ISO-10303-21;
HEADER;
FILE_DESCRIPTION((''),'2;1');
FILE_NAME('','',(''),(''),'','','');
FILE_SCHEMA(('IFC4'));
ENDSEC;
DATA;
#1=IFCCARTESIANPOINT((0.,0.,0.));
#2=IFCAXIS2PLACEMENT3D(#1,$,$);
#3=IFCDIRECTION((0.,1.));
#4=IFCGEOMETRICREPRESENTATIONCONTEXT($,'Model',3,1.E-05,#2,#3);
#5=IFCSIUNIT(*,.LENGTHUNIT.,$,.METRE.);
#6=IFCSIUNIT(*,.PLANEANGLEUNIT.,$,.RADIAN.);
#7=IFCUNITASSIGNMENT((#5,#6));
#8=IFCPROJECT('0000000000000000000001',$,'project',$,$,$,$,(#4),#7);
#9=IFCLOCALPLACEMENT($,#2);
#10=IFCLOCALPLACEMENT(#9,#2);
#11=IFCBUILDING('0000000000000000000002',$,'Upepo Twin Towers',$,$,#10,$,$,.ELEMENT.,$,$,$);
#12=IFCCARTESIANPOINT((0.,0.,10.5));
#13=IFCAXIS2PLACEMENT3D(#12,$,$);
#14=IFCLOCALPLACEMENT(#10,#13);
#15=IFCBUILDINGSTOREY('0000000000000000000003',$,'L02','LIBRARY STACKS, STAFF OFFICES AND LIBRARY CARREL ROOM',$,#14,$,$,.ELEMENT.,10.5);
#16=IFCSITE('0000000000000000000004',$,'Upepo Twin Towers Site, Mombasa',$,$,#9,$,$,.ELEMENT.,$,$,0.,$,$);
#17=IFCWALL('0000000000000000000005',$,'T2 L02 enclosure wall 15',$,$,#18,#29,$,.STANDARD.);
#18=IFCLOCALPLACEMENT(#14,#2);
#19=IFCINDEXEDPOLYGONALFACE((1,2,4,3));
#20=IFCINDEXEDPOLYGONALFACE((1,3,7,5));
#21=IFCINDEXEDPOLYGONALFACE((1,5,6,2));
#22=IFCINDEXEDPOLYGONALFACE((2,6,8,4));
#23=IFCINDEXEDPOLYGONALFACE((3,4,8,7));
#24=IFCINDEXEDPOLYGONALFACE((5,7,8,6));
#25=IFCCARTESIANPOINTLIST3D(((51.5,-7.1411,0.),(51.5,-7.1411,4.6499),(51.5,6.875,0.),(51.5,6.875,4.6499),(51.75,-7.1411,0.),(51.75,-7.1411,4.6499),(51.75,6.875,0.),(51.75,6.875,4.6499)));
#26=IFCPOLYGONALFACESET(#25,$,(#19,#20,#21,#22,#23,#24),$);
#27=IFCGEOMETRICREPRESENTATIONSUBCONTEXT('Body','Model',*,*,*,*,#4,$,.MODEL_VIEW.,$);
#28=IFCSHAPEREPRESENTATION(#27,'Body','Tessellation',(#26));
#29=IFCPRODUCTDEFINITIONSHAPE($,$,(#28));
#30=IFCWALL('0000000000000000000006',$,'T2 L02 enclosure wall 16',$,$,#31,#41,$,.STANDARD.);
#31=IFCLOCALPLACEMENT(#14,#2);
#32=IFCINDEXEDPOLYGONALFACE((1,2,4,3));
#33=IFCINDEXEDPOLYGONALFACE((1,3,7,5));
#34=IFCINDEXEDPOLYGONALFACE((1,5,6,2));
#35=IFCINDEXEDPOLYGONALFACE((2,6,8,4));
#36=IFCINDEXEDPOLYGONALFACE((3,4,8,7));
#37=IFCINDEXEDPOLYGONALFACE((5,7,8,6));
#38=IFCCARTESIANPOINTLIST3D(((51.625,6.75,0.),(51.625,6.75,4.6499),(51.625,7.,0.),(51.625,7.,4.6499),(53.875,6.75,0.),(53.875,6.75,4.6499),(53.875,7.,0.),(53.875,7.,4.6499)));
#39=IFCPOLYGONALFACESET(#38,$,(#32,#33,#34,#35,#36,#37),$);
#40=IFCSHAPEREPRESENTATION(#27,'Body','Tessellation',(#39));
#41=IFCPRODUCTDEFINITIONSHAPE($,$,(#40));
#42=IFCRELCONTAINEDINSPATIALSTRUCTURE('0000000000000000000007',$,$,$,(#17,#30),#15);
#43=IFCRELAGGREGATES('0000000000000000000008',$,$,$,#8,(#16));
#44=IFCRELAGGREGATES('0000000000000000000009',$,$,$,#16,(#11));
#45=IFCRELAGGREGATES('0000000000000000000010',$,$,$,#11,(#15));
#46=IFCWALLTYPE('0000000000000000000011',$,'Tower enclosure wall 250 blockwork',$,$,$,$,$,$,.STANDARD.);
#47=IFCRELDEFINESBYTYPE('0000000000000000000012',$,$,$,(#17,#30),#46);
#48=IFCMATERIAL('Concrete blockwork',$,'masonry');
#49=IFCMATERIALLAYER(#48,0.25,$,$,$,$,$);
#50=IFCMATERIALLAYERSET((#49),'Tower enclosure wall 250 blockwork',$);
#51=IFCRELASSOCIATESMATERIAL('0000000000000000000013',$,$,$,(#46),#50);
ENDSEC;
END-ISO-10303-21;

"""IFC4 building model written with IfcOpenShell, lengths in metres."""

from ifc_helpers import new_model, si_unit, direction, frame, frame_2d, origin, place, context, subcontext, project, spatial, rectangle, extrude, material, layer, layer_set, type_object, element, save


model = new_model("IFC4")

# Units and contexts
model_context = context("Model", 3, precision=1e-05, world=origin(), true_north=direction((0.0, 1.0)))
body_context = subcontext(model_context, "Body", "Model", "MODEL_VIEW")
ifc_project = project(units=[si_unit("LENGTHUNIT", "METRE"), si_unit("PLANEANGLEUNIT", "RADIAN")], contexts=[model_context])

# Site, building, storey
site_placement = place(None, origin())
site = spatial("IfcSite", under=ifc_project, at=site_placement, Name="Upepo Twin Towers Site, Mombasa", CompositionType="ELEMENT", RefElevation=0.0)
building_placement = place(site_placement, origin())
building = spatial("IfcBuilding", under=site, at=building_placement, Name="Upepo Twin Towers", CompositionType="ELEMENT")
storey_placement = place(building_placement, frame((0.0, 0.0, 10.5)))
storey = spatial("IfcBuildingStorey", under=building, at=storey_placement, Name="L02", Description="LIBRARY STACKS, STAFF OFFICES AND LIBRARY CARREL ROOM", CompositionType="ELEMENT", Elevation=10.5)

# Walls
ifc_material_1 = material(Name="Concrete blockwork", Category="masonry")
ifc_layer_1 = layer(ifc_material_1, 0.25)
ifc_layer_set_1 = layer_set([ifc_layer_1], Name="Tower enclosure wall 250 blockwork")
wall_type_1 = type_object("IfcWallType", Name="Tower enclosure wall 250 blockwork", PredefinedType="STANDARD", material=ifc_layer_set_1)
wall_1_placement = place(storey_placement, frame((51.625, -7.1411, 0.0), z_axis=(0.0, 0.0, 1.0), x_axis=(0.0, 1.0, 0.0)))
element("IfcWall", 1, at=wall_1_placement, inside=storey, type_object=wall_type_1, Name="T2 L02 enclosure wall 15", PredefinedType="STANDARD", context=body_context, shape_type="SweptSolid", body=[
    extrude(rectangle(XDim=14.0161, YDim=0.25, at=frame_2d((7.0081, 0.0))), origin(), (0.0, 0.0, 1.0), 4.6499),
])
wall_2_placement = place(storey_placement, frame((51.625, 6.875, 0.0), z_axis=(0.0, 0.0, 1.0), x_axis=(1.0, 0.0, 0.0)))
element("IfcWall", 2, at=wall_2_placement, inside=storey, type_object=wall_type_1, Name="T2 L02 enclosure wall 16", PredefinedType="STANDARD", context=body_context, shape_type="SweptSolid", body=[
    extrude(rectangle(XDim=2.25, YDim=0.25, at=frame_2d((1.125, 0.0))), origin(), (0.0, 0.0, 1.0), 4.6499),
])

save(model, "model.ifc")
